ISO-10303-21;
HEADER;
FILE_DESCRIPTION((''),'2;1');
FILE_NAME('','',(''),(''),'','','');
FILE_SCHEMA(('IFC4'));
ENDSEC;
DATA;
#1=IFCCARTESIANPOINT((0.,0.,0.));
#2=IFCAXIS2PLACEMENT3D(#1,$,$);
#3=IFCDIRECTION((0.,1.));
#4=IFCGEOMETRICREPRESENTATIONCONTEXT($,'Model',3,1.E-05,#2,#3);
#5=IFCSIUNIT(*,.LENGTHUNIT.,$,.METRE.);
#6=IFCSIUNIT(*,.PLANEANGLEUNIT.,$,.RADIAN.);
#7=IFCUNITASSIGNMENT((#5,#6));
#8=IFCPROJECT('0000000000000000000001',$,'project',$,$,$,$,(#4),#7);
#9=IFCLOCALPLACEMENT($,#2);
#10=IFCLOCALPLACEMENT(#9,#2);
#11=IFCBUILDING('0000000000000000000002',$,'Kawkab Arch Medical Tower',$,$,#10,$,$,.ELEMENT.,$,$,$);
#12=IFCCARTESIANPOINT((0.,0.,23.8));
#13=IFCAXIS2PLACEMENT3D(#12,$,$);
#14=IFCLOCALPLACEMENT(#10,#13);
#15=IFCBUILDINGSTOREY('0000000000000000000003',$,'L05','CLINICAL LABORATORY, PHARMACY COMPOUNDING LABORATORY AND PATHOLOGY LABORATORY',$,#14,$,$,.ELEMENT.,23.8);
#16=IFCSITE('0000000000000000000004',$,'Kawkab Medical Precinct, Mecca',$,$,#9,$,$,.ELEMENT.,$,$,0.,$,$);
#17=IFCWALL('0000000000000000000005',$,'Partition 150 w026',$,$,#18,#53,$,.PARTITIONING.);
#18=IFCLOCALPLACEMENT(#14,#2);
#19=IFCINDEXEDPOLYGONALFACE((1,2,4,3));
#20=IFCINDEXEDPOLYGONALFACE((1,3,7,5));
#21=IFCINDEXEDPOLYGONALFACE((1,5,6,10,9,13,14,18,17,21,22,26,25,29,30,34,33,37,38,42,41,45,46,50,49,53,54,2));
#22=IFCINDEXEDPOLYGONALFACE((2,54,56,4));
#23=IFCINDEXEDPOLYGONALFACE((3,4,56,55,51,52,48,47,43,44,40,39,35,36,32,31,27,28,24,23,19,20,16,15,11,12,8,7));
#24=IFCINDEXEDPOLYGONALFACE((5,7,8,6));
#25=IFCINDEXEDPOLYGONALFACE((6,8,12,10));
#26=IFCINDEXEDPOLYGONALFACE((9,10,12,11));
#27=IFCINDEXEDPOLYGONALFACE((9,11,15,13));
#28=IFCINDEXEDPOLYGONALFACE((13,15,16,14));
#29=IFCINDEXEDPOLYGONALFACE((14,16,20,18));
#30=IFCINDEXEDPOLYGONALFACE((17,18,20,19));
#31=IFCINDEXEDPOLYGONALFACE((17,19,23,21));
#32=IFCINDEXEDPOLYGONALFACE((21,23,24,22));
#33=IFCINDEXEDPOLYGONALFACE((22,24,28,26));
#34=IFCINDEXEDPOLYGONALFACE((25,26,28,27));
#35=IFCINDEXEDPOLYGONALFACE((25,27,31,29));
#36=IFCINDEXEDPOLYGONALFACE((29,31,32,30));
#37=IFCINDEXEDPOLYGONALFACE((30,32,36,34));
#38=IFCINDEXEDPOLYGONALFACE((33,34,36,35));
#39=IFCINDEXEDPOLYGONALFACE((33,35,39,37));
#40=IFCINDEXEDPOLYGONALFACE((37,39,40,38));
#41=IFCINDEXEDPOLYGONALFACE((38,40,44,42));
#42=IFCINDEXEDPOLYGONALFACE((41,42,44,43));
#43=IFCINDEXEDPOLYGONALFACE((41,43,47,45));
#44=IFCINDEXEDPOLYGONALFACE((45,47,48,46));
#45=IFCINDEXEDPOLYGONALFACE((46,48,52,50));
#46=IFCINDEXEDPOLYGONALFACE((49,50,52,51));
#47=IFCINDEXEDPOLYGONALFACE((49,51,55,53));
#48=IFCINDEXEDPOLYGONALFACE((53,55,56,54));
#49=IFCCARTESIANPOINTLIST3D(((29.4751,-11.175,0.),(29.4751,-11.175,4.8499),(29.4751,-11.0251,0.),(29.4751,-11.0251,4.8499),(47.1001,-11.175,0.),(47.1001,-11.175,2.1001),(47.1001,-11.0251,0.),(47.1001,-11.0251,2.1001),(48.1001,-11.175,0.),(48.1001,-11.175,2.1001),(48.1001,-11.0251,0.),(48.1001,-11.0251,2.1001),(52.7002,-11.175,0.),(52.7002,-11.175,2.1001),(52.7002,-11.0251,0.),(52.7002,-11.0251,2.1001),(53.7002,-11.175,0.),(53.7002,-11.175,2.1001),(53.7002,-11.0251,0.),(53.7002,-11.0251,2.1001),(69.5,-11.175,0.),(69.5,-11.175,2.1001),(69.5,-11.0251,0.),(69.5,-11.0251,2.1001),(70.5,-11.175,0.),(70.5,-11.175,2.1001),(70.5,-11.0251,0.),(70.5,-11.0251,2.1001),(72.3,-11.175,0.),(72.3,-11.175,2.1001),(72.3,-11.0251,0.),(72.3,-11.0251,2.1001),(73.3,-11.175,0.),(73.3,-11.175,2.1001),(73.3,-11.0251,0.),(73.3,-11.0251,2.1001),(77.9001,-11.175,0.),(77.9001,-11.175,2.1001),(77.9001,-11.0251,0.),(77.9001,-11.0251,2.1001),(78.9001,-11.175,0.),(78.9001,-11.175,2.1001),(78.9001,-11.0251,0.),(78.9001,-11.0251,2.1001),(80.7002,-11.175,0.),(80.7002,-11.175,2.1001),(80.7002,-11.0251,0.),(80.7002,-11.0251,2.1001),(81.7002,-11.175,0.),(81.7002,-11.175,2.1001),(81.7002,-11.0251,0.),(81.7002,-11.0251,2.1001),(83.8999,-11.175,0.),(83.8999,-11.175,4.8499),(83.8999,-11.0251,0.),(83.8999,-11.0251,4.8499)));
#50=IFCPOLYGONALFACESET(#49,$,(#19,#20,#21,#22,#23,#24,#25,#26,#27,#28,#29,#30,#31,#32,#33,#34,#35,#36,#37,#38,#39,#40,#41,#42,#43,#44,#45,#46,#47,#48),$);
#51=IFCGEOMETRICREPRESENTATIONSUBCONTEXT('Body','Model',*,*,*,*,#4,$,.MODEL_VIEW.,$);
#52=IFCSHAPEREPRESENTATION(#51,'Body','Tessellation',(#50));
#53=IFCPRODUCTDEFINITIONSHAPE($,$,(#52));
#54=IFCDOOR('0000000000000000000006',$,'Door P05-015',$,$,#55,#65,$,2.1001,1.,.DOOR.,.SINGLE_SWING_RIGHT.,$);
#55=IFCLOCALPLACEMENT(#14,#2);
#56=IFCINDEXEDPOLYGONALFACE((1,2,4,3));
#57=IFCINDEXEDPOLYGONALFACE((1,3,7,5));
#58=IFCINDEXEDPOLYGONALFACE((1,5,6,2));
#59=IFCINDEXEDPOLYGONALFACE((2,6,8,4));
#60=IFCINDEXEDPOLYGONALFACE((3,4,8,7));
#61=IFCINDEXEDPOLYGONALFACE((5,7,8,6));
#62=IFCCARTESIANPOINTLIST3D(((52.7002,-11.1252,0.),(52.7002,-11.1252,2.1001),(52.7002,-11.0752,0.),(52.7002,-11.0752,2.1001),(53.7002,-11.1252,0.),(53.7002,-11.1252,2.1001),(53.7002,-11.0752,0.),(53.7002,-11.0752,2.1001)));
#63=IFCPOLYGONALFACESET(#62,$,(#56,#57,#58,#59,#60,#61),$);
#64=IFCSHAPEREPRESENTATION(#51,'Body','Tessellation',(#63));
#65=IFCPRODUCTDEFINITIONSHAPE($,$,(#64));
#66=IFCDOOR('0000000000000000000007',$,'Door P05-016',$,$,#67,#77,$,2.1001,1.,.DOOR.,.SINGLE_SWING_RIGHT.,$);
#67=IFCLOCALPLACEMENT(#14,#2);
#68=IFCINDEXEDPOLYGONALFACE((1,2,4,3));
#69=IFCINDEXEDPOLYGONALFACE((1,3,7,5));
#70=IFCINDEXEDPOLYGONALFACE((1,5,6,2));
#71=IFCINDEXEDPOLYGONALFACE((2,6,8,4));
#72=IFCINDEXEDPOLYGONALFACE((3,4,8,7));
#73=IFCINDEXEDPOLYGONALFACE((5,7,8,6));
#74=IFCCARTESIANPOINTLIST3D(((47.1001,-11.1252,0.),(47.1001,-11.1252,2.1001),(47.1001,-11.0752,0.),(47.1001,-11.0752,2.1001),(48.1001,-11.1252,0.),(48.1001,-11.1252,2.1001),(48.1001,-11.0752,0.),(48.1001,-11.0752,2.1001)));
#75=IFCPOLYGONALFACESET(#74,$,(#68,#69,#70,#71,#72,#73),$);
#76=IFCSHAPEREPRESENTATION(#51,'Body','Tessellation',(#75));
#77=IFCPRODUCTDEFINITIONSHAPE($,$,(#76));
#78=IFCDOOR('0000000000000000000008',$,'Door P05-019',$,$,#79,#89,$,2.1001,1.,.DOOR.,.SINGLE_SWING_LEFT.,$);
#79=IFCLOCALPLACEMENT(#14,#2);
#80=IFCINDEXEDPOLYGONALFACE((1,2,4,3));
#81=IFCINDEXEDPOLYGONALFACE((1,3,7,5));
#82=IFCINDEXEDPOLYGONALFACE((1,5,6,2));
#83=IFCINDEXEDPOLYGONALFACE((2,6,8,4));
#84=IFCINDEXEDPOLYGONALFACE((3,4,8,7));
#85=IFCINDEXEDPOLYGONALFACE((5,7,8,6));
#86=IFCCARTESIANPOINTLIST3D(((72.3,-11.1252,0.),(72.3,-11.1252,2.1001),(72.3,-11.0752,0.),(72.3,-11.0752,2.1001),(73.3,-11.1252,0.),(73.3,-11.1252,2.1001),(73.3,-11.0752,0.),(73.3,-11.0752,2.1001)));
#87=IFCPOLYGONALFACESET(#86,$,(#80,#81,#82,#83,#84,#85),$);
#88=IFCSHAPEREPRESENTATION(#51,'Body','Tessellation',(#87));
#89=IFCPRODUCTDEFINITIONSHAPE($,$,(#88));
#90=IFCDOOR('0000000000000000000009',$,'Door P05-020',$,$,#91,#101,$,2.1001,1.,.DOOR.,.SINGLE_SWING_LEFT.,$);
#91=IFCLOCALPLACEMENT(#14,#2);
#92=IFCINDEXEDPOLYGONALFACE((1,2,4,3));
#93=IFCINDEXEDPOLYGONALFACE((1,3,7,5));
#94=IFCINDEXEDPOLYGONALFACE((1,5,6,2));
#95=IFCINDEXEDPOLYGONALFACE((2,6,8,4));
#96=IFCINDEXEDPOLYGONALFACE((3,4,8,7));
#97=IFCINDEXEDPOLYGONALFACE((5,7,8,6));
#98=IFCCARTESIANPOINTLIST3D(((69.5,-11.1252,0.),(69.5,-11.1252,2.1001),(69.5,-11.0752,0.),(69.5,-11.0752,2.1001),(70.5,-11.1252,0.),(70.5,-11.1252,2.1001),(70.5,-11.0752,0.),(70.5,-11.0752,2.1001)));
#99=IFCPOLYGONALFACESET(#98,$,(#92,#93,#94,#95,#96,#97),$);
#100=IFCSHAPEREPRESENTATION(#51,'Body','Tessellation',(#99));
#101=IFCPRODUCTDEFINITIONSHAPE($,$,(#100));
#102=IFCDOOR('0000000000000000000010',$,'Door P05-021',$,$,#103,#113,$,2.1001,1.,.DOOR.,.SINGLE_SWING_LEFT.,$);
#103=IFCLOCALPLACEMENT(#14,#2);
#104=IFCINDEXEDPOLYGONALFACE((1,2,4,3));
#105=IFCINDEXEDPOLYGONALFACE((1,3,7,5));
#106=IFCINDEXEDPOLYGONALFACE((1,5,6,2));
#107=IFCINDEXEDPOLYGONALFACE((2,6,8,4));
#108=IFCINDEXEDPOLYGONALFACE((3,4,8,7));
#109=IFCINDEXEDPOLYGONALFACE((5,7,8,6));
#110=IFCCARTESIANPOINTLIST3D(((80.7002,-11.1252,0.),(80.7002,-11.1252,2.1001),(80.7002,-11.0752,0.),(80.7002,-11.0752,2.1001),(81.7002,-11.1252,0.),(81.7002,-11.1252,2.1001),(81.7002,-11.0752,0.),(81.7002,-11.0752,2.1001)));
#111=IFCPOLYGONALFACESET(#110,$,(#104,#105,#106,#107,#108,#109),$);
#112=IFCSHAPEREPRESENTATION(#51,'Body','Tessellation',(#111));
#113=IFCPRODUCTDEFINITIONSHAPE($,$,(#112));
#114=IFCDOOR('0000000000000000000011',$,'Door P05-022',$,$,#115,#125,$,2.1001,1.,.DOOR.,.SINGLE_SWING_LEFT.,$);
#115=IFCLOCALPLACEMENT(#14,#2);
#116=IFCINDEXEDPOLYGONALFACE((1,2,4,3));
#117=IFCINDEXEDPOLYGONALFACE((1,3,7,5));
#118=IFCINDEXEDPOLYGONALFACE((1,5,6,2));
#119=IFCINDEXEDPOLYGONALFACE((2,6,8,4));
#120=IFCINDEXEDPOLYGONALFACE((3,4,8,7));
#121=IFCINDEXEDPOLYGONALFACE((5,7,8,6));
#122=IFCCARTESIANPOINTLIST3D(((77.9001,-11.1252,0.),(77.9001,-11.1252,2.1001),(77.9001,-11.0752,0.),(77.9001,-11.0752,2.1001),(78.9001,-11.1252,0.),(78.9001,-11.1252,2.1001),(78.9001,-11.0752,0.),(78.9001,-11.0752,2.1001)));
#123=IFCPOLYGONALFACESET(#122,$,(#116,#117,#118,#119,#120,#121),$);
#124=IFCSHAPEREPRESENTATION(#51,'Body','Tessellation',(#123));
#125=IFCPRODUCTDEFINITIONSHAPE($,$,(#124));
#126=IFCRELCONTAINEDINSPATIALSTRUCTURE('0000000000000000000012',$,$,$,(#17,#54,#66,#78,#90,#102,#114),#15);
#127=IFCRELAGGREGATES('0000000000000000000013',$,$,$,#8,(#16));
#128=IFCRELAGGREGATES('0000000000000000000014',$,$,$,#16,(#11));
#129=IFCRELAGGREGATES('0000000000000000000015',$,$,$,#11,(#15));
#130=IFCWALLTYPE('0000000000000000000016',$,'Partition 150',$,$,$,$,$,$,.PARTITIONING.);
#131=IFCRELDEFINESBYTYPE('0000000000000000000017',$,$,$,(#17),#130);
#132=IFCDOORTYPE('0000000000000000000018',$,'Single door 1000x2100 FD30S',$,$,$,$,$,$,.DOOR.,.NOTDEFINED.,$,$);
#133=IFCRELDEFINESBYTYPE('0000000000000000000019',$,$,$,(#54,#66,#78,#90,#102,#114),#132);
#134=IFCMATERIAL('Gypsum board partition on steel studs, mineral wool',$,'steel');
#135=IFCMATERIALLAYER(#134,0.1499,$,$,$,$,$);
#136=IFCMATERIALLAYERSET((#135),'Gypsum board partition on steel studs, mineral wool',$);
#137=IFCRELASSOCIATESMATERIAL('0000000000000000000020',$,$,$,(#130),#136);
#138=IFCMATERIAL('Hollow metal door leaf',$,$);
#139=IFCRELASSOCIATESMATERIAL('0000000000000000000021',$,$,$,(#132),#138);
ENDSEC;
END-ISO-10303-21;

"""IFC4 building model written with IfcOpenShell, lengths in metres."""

from ifc_helpers import new_model, si_unit, direction, frame, frame_2d, origin, place, context, subcontext, project, spatial, rectangle, extrude, material, layer, layer_set, type_object, element, fill, save


model = new_model("IFC4")

# Units and contexts
model_context = context("Model", 3, precision=1e-05, world=origin(), true_north=direction((0.0, 1.0)))
body_context = subcontext(model_context, "Body", "Model", "MODEL_VIEW")
ifc_project = project(units=[si_unit("LENGTHUNIT", "METRE"), si_unit("PLANEANGLEUNIT", "RADIAN")], contexts=[model_context])

# Site, building, storey
site_placement = place(None, origin())
site = spatial("IfcSite", under=ifc_project, at=site_placement, Name="Kawkab Medical Precinct, Mecca", CompositionType="ELEMENT", RefElevation=0.0)
building_placement = place(site_placement, origin())
building = spatial("IfcBuilding", under=site, at=building_placement, Name="Kawkab Arch Medical Tower", CompositionType="ELEMENT")
storey_placement = place(building_placement, frame((0.0, 0.0, 23.8)))
storey = spatial("IfcBuildingStorey", under=building, at=storey_placement, Name="L05", Description="CLINICAL LABORATORY, PHARMACY COMPOUNDING LABORATORY AND PATHOLOGY LABORATORY", CompositionType="ELEMENT", Elevation=23.8)

# Shared definitions
ifc_material_1 = material(Name="Gypsum board partition on steel studs, mineral wool", Category="steel")
ifc_layer = layer(ifc_material_1, 0.1499)
ifc_layer_set = layer_set([ifc_layer], Name="Gypsum board partition on steel studs, mineral wool")
wall_type = type_object("IfcWallType", Name="Partition 150", PredefinedType="PARTITIONING", material=ifc_layer_set)

# Wall, openings, doors
wall_1_placement = place(storey_placement, frame((29.4751, -11.1001, 0.0), z_axis=(0.0, 0.0, 1.0), x_axis=(1.0, 0.0, 0.0)))
wall_1 = element("IfcWall", 1, at=wall_1_placement, inside=storey, type_object=wall_type, Name="Partition 150 w026", PredefinedType="PARTITIONING", context=body_context, shape_type="SweptSolid", body=[
    extrude(rectangle(XDim=54.4248, YDim=0.1499, at=frame_2d((27.2124, 0.0))), origin(), (0.0, 0.0, 1.0), 4.8499),
])
opening_1_placement = place(wall_1_placement, frame((23.2251, 0.0, 0.0)))
opening_1 = element("IfcOpeningElement", 2, at=opening_1_placement, cuts=wall_1, PredefinedType="OPENING", context=body_context, shape_type="SweptSolid", body=[
    extrude(rectangle(XDim=1.0, YDim=2.1001, at=frame_2d((0.5, 1.05))), frame((0.0, 0.085, 0.0), z_axis=(0.0, -1.0, 0.0), x_axis=(1.0, 0.0, 0.0)), (0.0, 0.0, 1.0), 0.1699),
])
opening_2_placement = place(wall_1_placement, frame((17.625, 0.0, 0.0)))
opening_2 = element("IfcOpeningElement", 3, at=opening_2_placement, cuts=wall_1, PredefinedType="OPENING", context=body_context, shape_type="SweptSolid", body=[
    extrude(rectangle(XDim=1.0, YDim=2.1001, at=frame_2d((0.5, 1.05))), frame((0.0, 0.085, 0.0), z_axis=(0.0, -1.0, 0.0), x_axis=(1.0, 0.0, 0.0)), (0.0, 0.0, 1.0), 0.1699),
])
opening_3_placement = place(wall_1_placement, frame((42.825, 0.0, 0.0)))
opening_3 = element("IfcOpeningElement", 4, at=opening_3_placement, cuts=wall_1, PredefinedType="OPENING", context=body_context, shape_type="SweptSolid", body=[
    extrude(rectangle(XDim=1.0, YDim=2.1001, at=frame_2d((0.5, 1.05))), frame((0.0, 0.085, 0.0), z_axis=(0.0, -1.0, 0.0), x_axis=(1.0, 0.0, 0.0)), (0.0, 0.0, 1.0), 0.1699),
])
opening_4_placement = place(wall_1_placement, frame((40.0249, 0.0, 0.0)))
opening_4 = element("IfcOpeningElement", 5, at=opening_4_placement, cuts=wall_1, PredefinedType="OPENING", context=body_context, shape_type="SweptSolid", body=[
    extrude(rectangle(XDim=1.0, YDim=2.1001, at=frame_2d((0.5, 1.05))), frame((0.0, 0.085, 0.0), z_axis=(0.0, -1.0, 0.0), x_axis=(1.0, 0.0, 0.0)), (0.0, 0.0, 1.0), 0.1699),
])
opening_5_placement = place(wall_1_placement, frame((51.2251, 0.0, 0.0)))
opening_5 = element("IfcOpeningElement", 6, at=opening_5_placement, cuts=wall_1, PredefinedType="OPENING", context=body_context, shape_type="SweptSolid", body=[
    extrude(rectangle(XDim=1.0, YDim=2.1001, at=frame_2d((0.5, 1.05))), frame((0.0, 0.085, 0.0), z_axis=(0.0, -1.0, 0.0), x_axis=(1.0, 0.0, 0.0)), (0.0, 0.0, 1.0), 0.1699),
])
opening_6_placement = place(wall_1_placement, frame((48.425, 0.0, 0.0)))
opening_6 = element("IfcOpeningElement", 7, at=opening_6_placement, cuts=wall_1, PredefinedType="OPENING", context=body_context, shape_type="SweptSolid", body=[
    extrude(rectangle(XDim=1.0, YDim=2.1001, at=frame_2d((0.5, 1.05))), frame((0.0, 0.085, 0.0), z_axis=(0.0, -1.0, 0.0), x_axis=(1.0, 0.0, 0.0)), (0.0, 0.0, 1.0), 0.1699),
])
ifc_material_2 = material(Name="Hollow metal door leaf")
door_type_1 = type_object("IfcDoorType", Name="Single door 1000x2100 FD30S", OperationType="NOTDEFINED", PredefinedType="DOOR", material=ifc_material_2)
door_1_placement = place(opening_1_placement, origin())
door_1 = element("IfcDoor", 8, at=door_1_placement, inside=storey, type_object=door_type_1, Name="Door P05-015", OperationType="SINGLE_SWING_RIGHT", OverallHeight=2.1001, OverallWidth=1.0, PredefinedType="DOOR", context=body_context, shape_type="SweptSolid", body=[
    extrude(rectangle(XDim=1.0, YDim=2.1001, at=frame_2d((0.5, 1.05))), frame((0.0, 0.0249, 0.0), z_axis=(0.0, -1.0, 0.0), x_axis=(1.0, 0.0, 0.0)), (0.0, 0.0, 1.0), 0.05),
])
fill(opening_1, door_1)
door_2_placement = place(opening_2_placement, origin())
door_2 = element("IfcDoor", 9, at=door_2_placement, inside=storey, type_object=door_type_1, Name="Door P05-016", OperationType="SINGLE_SWING_RIGHT", OverallHeight=2.1001, OverallWidth=1.0, PredefinedType="DOOR", context=body_context, shape_type="SweptSolid", body=[
    extrude(rectangle(XDim=1.0, YDim=2.1001, at=frame_2d((0.5, 1.05))), frame((0.0, 0.0249, 0.0), z_axis=(0.0, -1.0, 0.0), x_axis=(1.0, 0.0, 0.0)), (0.0, 0.0, 1.0), 0.05),
])
fill(opening_2, door_2)
door_3_placement = place(opening_3_placement, origin())
door_3 = element("IfcDoor", 10, at=door_3_placement, inside=storey, type_object=door_type_1, Name="Door P05-019", OperationType="SINGLE_SWING_LEFT", OverallHeight=2.1001, OverallWidth=1.0, PredefinedType="DOOR", context=body_context, shape_type="SweptSolid", body=[
    extrude(rectangle(XDim=1.0, YDim=2.1001, at=frame_2d((0.5, 1.05))), frame((0.0, 0.0249, 0.0), z_axis=(0.0, -1.0, 0.0), x_axis=(1.0, 0.0, 0.0)), (0.0, 0.0, 1.0), 0.05),
])
fill(opening_3, door_3)
door_4_placement = place(opening_4_placement, origin())
door_4 = element("IfcDoor", 11, at=door_4_placement, inside=storey, type_object=door_type_1, Name="Door P05-020", OperationType="SINGLE_SWING_LEFT", OverallHeight=2.1001, OverallWidth=1.0, PredefinedType="DOOR", context=body_context, shape_type="SweptSolid", body=[
    extrude(rectangle(XDim=1.0, YDim=2.1001, at=frame_2d((0.5, 1.05))), frame((0.0, 0.0249, 0.0), z_axis=(0.0, -1.0, 0.0), x_axis=(1.0, 0.0, 0.0)), (0.0, 0.0, 1.0), 0.05),
])
fill(opening_4, door_4)
door_5_placement = place(opening_5_placement, origin())
door_5 = element("IfcDoor", 12, at=door_5_placement, inside=storey, type_object=door_type_1, Name="Door P05-021", OperationType="SINGLE_SWING_LEFT", OverallHeight=2.1001, OverallWidth=1.0, PredefinedType="DOOR", context=body_context, shape_type="SweptSolid", body=[
    extrude(rectangle(XDim=1.0, YDim=2.1001, at=frame_2d((0.5, 1.05))), frame((0.0, 0.0249, 0.0), z_axis=(0.0, -1.0, 0.0), x_axis=(1.0, 0.0, 0.0)), (0.0, 0.0, 1.0), 0.05),
])
fill(opening_5, door_5)
door_6_placement = place(opening_6_placement, origin())
door_6 = element("IfcDoor", 13, at=door_6_placement, inside=storey, type_object=door_type_1, Name="Door P05-022", OperationType="SINGLE_SWING_LEFT", OverallHeight=2.1001, OverallWidth=1.0, PredefinedType="DOOR", context=body_context, shape_type="SweptSolid", body=[
    extrude(rectangle(XDim=1.0, YDim=2.1001, at=frame_2d((0.5, 1.05))), frame((0.0, 0.0249, 0.0), z_axis=(0.0, -1.0, 0.0), x_axis=(1.0, 0.0, 0.0)), (0.0, 0.0, 1.0), 0.05),
])
fill(opening_6, door_6)

save(model, "model.ifc")
